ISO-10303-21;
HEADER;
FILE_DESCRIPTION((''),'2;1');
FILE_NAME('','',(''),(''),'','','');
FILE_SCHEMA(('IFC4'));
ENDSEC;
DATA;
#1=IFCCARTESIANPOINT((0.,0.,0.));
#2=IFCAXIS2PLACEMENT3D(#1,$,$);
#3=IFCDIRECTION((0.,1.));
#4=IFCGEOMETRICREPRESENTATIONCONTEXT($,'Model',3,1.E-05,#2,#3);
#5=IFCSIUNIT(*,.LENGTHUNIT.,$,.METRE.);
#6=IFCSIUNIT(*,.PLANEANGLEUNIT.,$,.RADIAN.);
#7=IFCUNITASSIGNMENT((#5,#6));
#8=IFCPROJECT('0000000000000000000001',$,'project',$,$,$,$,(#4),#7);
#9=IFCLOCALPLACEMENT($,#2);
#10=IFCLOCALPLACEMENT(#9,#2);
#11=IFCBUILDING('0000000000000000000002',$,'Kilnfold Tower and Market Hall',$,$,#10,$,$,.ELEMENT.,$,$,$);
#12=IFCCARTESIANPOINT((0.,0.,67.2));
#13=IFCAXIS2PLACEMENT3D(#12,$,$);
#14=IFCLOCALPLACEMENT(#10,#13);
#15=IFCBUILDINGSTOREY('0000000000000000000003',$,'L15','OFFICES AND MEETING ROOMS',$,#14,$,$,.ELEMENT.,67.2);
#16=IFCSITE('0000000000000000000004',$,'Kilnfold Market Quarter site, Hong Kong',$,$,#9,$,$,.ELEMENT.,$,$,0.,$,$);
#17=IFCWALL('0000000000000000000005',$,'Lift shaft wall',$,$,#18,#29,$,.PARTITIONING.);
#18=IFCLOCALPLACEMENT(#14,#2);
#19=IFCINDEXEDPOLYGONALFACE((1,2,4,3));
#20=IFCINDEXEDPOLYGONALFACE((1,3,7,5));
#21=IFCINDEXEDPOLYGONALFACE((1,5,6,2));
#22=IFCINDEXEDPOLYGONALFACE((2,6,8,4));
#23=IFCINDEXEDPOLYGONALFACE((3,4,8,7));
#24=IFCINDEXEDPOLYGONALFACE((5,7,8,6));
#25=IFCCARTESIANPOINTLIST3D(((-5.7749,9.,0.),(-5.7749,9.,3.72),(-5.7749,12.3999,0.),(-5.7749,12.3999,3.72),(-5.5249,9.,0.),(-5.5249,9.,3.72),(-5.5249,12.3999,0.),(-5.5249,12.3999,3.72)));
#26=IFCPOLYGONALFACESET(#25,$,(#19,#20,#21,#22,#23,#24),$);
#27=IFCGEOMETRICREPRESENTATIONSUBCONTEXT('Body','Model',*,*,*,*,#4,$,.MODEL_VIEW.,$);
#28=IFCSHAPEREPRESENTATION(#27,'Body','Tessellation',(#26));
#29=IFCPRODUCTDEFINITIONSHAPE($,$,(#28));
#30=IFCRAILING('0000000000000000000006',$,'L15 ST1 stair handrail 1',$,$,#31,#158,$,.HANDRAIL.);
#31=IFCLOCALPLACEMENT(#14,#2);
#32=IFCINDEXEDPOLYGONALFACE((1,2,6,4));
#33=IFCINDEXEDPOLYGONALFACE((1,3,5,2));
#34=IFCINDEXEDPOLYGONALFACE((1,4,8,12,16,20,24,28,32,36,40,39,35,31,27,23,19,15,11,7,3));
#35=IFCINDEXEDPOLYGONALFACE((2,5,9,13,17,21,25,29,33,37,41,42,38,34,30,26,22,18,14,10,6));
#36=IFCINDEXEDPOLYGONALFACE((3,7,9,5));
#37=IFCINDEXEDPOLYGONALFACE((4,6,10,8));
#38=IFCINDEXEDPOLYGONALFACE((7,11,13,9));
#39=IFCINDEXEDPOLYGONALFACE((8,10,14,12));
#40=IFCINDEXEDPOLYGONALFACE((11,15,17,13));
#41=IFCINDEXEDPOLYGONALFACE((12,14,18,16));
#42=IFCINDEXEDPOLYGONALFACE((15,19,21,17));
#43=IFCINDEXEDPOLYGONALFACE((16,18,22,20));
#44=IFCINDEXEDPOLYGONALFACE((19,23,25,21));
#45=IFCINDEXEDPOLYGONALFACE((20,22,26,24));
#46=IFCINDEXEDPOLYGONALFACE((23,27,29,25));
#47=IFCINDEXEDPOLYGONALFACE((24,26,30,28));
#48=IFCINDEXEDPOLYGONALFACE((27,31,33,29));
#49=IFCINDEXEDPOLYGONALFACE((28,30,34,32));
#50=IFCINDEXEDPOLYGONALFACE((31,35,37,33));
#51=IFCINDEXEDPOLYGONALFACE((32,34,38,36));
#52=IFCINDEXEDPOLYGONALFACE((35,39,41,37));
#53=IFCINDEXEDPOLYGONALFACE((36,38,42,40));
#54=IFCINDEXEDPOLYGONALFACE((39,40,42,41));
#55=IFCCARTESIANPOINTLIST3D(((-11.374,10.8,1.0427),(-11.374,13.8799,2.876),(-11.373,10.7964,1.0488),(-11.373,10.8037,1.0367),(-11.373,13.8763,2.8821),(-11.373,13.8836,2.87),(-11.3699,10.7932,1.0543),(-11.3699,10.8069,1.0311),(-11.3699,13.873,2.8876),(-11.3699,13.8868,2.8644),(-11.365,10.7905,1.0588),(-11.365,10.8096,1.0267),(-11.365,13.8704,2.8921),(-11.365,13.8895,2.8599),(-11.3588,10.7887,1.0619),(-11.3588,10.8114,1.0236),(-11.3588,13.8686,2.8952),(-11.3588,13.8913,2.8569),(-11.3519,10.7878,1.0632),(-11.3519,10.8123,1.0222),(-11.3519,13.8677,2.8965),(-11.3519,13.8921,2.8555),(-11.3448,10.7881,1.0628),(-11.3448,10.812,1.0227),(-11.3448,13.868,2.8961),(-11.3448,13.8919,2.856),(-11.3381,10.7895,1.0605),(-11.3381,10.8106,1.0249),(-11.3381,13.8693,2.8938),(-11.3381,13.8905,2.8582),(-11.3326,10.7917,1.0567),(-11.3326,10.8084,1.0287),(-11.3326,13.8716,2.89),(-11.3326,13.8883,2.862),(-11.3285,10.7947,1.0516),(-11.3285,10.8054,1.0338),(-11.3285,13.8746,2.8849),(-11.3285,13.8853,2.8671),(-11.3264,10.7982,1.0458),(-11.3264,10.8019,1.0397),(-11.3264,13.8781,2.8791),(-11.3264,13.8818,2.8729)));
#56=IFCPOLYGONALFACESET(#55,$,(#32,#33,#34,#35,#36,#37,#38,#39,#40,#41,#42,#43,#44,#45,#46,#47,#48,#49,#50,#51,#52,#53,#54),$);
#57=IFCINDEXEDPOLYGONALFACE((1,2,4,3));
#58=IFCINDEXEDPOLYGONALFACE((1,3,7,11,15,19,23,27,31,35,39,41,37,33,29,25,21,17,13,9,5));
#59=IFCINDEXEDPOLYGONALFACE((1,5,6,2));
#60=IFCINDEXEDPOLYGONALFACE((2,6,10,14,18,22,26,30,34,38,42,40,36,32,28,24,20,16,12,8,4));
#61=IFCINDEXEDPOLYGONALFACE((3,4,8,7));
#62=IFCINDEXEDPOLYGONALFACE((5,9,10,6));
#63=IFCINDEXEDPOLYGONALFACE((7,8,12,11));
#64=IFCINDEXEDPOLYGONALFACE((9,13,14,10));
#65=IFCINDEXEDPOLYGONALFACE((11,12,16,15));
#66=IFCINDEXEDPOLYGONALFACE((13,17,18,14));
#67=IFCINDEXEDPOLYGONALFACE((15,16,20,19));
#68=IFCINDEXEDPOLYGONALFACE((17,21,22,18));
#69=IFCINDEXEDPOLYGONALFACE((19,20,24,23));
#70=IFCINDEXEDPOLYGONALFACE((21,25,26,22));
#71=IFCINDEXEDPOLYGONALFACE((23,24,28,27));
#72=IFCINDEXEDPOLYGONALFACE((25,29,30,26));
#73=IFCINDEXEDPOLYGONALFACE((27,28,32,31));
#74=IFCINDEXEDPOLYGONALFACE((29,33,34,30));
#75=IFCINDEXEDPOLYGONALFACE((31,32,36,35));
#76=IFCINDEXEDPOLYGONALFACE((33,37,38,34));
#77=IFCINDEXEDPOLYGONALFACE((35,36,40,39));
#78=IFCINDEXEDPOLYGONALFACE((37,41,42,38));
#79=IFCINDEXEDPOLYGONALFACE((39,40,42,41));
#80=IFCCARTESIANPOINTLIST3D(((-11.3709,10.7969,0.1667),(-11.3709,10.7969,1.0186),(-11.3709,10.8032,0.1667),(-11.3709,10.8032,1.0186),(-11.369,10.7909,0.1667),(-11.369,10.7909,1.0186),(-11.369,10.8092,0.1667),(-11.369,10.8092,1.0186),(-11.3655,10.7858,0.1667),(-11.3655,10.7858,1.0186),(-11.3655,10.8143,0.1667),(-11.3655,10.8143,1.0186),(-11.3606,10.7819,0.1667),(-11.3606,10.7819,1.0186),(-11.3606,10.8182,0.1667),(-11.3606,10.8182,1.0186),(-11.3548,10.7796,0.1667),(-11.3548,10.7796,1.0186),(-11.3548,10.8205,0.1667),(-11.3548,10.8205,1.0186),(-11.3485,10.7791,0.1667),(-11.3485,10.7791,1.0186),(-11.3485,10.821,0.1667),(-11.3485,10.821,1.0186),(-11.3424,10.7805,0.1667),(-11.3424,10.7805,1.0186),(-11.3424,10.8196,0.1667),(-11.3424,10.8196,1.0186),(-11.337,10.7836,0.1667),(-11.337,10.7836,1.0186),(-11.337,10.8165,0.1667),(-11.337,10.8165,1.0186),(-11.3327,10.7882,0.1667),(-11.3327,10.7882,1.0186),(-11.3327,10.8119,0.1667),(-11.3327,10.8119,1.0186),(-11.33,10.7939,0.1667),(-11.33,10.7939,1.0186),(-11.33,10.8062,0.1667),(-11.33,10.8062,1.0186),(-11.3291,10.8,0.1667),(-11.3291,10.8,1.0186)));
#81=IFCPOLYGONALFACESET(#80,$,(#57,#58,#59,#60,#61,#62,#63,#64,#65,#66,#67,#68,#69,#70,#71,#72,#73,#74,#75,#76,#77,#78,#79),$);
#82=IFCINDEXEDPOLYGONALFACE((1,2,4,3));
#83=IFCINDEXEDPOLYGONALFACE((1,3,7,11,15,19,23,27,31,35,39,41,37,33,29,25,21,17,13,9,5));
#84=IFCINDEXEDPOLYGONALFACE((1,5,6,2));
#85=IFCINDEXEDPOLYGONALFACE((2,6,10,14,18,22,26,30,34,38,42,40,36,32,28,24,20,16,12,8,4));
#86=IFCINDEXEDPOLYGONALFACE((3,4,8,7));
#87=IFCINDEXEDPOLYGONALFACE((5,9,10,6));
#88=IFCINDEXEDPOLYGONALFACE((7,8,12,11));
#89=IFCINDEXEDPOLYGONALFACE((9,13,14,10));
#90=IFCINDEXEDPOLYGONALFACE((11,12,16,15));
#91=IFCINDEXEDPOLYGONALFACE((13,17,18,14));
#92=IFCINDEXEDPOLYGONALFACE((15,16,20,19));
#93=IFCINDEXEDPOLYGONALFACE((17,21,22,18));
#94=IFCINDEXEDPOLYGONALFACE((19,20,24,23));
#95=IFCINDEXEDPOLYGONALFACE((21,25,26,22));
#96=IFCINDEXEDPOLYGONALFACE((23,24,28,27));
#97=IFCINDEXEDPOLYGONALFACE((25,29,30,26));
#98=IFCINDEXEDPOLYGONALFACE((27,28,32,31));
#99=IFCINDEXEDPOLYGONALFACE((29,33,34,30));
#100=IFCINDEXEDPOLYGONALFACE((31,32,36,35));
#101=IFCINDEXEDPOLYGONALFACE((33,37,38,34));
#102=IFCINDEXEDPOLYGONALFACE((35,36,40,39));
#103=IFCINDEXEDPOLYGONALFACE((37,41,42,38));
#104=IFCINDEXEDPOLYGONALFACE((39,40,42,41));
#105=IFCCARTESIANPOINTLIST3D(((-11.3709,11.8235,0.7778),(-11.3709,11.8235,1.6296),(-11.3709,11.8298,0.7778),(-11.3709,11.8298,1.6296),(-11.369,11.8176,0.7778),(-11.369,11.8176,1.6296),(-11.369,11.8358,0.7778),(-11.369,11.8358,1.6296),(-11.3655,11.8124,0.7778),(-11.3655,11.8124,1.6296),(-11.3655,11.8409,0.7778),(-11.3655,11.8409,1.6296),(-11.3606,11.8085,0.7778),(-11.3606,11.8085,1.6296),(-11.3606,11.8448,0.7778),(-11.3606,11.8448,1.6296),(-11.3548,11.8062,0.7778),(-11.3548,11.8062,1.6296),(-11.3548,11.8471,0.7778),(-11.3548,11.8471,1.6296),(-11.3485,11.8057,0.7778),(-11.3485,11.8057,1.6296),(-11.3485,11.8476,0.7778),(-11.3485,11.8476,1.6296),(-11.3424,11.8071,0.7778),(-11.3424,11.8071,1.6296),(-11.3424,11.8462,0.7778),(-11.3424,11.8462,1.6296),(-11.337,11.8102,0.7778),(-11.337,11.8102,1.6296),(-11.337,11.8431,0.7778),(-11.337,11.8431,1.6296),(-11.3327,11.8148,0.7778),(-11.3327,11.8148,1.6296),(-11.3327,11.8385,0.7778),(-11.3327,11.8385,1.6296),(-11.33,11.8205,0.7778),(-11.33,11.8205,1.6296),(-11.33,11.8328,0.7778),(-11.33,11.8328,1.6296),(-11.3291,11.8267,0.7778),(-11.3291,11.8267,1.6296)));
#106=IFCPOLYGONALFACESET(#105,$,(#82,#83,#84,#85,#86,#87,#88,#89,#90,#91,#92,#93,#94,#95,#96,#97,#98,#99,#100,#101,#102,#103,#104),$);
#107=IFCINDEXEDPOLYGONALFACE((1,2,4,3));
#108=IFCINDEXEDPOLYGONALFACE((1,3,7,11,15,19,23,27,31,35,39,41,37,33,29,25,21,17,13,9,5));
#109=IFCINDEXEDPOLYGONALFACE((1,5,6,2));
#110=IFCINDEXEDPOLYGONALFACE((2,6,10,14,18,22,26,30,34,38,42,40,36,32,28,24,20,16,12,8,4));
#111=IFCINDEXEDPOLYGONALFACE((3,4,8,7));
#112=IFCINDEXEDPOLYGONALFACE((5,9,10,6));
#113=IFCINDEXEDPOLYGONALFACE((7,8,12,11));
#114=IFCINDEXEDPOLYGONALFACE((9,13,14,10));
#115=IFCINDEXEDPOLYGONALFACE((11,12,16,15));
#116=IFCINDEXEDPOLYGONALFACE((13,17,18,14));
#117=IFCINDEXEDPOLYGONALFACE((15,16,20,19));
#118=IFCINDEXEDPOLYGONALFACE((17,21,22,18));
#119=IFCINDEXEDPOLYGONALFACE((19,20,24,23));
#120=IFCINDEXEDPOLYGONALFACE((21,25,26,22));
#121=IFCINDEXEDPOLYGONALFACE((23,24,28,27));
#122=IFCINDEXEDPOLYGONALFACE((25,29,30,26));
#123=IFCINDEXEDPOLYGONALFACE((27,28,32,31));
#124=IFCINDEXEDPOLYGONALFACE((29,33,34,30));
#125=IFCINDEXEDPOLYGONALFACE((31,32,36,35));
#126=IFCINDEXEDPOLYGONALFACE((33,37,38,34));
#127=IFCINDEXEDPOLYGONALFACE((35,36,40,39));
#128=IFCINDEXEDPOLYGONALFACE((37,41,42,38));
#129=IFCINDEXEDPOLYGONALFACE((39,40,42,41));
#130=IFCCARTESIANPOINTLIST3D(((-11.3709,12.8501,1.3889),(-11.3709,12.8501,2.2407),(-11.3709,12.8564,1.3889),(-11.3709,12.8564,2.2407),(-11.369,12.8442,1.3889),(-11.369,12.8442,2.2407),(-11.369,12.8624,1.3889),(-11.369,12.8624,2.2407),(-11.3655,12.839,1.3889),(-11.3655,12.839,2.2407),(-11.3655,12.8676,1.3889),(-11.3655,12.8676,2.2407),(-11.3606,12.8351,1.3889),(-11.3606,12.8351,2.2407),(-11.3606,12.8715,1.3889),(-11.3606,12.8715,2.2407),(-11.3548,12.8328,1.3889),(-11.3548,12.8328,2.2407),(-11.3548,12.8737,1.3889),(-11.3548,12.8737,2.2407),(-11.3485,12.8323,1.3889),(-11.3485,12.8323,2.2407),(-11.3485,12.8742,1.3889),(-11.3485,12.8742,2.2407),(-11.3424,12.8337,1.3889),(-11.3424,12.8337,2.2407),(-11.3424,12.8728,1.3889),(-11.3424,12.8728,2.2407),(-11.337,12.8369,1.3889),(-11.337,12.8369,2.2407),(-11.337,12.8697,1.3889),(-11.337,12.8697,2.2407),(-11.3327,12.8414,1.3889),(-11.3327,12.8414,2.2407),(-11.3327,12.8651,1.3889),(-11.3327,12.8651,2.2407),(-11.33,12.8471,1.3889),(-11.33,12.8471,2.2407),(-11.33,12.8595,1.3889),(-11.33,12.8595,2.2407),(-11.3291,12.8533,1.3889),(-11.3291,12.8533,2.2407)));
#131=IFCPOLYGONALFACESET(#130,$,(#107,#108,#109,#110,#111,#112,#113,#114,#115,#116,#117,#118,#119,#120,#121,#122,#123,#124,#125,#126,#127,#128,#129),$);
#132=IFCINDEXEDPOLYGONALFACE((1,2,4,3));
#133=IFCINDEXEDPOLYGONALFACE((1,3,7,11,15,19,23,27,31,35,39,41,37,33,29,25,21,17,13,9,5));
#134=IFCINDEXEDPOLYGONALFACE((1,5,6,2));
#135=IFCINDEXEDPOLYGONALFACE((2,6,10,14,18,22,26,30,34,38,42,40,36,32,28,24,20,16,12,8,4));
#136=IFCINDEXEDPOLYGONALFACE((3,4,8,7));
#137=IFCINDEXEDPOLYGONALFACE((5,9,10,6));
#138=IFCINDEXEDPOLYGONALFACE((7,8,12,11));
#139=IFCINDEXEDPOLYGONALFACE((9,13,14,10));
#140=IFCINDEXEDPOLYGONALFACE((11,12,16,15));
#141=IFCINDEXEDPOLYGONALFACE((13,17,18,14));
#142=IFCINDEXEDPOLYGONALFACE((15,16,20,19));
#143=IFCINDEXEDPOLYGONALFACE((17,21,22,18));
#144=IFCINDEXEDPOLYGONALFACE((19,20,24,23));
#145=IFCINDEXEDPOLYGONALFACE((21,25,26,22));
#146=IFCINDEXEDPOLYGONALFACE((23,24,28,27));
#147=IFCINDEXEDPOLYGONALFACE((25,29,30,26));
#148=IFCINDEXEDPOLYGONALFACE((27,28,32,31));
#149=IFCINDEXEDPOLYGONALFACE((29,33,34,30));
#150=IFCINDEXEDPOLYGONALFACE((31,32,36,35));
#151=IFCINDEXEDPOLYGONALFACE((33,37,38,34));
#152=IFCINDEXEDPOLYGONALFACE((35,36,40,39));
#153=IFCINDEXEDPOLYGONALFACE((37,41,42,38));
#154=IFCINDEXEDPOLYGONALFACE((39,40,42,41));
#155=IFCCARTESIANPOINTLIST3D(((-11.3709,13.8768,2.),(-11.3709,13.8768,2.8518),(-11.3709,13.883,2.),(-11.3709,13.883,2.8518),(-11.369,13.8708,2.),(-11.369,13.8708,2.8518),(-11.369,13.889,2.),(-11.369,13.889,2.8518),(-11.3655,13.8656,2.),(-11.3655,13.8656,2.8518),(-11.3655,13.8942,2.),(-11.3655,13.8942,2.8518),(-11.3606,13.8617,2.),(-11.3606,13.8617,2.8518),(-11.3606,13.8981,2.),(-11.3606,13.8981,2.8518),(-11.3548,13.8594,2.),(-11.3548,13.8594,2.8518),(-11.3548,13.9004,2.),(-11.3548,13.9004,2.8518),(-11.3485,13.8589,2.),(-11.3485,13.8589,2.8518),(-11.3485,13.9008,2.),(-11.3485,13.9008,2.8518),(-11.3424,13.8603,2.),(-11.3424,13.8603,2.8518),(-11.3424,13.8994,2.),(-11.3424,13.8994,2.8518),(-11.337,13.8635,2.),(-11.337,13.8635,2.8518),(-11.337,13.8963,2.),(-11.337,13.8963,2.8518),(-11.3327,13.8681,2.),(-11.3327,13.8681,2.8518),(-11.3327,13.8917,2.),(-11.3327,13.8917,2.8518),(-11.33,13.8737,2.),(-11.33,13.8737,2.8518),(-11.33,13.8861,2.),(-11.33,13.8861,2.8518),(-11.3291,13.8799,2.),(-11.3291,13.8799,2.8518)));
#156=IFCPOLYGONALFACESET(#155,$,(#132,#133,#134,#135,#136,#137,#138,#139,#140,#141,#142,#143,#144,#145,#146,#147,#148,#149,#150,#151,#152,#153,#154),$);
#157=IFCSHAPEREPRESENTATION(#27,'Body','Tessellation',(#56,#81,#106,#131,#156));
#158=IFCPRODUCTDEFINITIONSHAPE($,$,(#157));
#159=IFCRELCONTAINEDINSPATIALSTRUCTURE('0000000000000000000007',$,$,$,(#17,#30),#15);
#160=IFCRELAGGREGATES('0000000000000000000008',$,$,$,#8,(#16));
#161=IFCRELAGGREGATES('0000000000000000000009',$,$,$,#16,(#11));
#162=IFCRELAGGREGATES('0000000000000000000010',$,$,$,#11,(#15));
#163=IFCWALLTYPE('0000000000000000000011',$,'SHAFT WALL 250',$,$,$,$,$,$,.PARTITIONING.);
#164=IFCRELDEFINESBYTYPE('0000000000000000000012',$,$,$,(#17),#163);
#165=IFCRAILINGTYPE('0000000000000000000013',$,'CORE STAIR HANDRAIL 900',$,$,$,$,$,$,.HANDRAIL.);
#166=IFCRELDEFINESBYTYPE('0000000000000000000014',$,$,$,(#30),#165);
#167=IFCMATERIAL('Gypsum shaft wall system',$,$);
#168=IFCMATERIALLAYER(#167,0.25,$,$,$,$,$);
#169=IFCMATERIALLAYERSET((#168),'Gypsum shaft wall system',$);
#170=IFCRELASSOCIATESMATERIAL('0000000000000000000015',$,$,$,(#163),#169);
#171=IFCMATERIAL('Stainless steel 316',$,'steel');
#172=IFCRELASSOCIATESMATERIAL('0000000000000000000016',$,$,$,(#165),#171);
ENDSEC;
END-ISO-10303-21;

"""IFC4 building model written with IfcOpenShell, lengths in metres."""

from ifc_helpers import new_model, si_unit, direction, frame, frame_2d, origin, origin_2d, place, context, subcontext, project, spatial, rectangle, circle, extrude, source, transform, mapped, material, layer, layer_set, type_object, element, save


model = new_model("IFC4")

# Units and contexts
model_context = context("Model", 3, precision=1e-05, world=origin(), true_north=direction((0.0, 1.0)))
body_context = subcontext(model_context, "Body", "Model", "MODEL_VIEW")
ifc_project = project(units=[si_unit("LENGTHUNIT", "METRE"), si_unit("PLANEANGLEUNIT", "RADIAN")], contexts=[model_context])

# Site, building, storey
site_placement = place(None, origin())
site = spatial("IfcSite", under=ifc_project, at=site_placement, Name="Kilnfold Market Quarter site, Hong Kong", CompositionType="ELEMENT", RefElevation=0.0)
building_placement = place(site_placement, origin())
building = spatial("IfcBuilding", under=site, at=building_placement, Name="Kilnfold Tower and Market Hall", CompositionType="ELEMENT")
storey_placement = place(building_placement, frame((0.0, 0.0, 67.2)))
storey = spatial("IfcBuildingStorey", under=building, at=storey_placement, Name="L15", Description="OFFICES AND MEETING ROOMS", CompositionType="ELEMENT", Elevation=67.2)

# Wall
ifc_material_1 = material(Name="Gypsum shaft wall system")
ifc_layer_1 = layer(ifc_material_1, 0.25)
ifc_layer_set_1 = layer_set([ifc_layer_1], Name="Gypsum shaft wall system")
wall_type_1 = type_object("IfcWallType", Name="SHAFT WALL 250", PredefinedType="PARTITIONING", material=ifc_layer_set_1)
shared_shape_1 = source(origin(), body_context, "Body", "SweptSolid", [
    extrude(rectangle(XDim=3.3999, YDim=0.25, at=frame_2d((1.7, 0.0))), origin(), (0.0, 0.0, 1.0), 3.72),
])
wall_1_placement = place(storey_placement, frame((-5.6499, 9.0, 0.0), z_axis=(0.0, 0.0, 1.0), x_axis=(0.0, 1.0, 0.0)))
element("IfcWall", 1, at=wall_1_placement, inside=storey, type_object=wall_type_1, Name="Lift shaft wall", PredefinedType="PARTITIONING", context=body_context, shape_type="MappedRepresentation", body=[
    mapped(shared_shape_1, transform((0.0, 0.0, 0.0))),
])

# Railing
ifc_material_2 = material(Name="Stainless steel 316", Category="steel")
railing_type_1 = type_object("IfcRailingType", Name="CORE STAIR HANDRAIL 900", PredefinedType="HANDRAIL", material=ifc_material_2)
railing_1_placement = place(storey_placement, frame((-11.3501, 10.8, 0.1667)))
element("IfcRailing", 2, at=railing_1_placement, inside=storey, type_object=railing_type_1, Name="L15 ST1 stair handrail 1", PredefinedType="HANDRAIL", context=body_context, shape_type="SweptSolid", body=[
    extrude(circle(Radius=0.0239, at=origin_2d()), frame((0.0, 0.0, 0.876), z_axis=(0.0, 0.859291, 0.511487), x_axis=(-1.0, 0.0, 0.0)), (0.0, 0.0, 1.0), 3.5842),
    extrude(circle(Radius=0.021, at=origin_2d()), origin(), (0.0, 0.0, 1.0), 0.8518),
    extrude(circle(Radius=0.021, at=origin_2d()), frame((0.0, 1.0266, 0.6111)), (0.0, 0.0, 1.0), 0.8518),
    extrude(circle(Radius=0.021, at=origin_2d()), frame((0.0, 2.0532, 1.2222)), (0.0, 0.0, 1.0), 0.8518),
    extrude(circle(Radius=0.021, at=origin_2d()), frame((0.0, 3.0798, 1.8333)), (0.0, 0.0, 1.0), 0.8518),
])

save(model, "model.ifc")
